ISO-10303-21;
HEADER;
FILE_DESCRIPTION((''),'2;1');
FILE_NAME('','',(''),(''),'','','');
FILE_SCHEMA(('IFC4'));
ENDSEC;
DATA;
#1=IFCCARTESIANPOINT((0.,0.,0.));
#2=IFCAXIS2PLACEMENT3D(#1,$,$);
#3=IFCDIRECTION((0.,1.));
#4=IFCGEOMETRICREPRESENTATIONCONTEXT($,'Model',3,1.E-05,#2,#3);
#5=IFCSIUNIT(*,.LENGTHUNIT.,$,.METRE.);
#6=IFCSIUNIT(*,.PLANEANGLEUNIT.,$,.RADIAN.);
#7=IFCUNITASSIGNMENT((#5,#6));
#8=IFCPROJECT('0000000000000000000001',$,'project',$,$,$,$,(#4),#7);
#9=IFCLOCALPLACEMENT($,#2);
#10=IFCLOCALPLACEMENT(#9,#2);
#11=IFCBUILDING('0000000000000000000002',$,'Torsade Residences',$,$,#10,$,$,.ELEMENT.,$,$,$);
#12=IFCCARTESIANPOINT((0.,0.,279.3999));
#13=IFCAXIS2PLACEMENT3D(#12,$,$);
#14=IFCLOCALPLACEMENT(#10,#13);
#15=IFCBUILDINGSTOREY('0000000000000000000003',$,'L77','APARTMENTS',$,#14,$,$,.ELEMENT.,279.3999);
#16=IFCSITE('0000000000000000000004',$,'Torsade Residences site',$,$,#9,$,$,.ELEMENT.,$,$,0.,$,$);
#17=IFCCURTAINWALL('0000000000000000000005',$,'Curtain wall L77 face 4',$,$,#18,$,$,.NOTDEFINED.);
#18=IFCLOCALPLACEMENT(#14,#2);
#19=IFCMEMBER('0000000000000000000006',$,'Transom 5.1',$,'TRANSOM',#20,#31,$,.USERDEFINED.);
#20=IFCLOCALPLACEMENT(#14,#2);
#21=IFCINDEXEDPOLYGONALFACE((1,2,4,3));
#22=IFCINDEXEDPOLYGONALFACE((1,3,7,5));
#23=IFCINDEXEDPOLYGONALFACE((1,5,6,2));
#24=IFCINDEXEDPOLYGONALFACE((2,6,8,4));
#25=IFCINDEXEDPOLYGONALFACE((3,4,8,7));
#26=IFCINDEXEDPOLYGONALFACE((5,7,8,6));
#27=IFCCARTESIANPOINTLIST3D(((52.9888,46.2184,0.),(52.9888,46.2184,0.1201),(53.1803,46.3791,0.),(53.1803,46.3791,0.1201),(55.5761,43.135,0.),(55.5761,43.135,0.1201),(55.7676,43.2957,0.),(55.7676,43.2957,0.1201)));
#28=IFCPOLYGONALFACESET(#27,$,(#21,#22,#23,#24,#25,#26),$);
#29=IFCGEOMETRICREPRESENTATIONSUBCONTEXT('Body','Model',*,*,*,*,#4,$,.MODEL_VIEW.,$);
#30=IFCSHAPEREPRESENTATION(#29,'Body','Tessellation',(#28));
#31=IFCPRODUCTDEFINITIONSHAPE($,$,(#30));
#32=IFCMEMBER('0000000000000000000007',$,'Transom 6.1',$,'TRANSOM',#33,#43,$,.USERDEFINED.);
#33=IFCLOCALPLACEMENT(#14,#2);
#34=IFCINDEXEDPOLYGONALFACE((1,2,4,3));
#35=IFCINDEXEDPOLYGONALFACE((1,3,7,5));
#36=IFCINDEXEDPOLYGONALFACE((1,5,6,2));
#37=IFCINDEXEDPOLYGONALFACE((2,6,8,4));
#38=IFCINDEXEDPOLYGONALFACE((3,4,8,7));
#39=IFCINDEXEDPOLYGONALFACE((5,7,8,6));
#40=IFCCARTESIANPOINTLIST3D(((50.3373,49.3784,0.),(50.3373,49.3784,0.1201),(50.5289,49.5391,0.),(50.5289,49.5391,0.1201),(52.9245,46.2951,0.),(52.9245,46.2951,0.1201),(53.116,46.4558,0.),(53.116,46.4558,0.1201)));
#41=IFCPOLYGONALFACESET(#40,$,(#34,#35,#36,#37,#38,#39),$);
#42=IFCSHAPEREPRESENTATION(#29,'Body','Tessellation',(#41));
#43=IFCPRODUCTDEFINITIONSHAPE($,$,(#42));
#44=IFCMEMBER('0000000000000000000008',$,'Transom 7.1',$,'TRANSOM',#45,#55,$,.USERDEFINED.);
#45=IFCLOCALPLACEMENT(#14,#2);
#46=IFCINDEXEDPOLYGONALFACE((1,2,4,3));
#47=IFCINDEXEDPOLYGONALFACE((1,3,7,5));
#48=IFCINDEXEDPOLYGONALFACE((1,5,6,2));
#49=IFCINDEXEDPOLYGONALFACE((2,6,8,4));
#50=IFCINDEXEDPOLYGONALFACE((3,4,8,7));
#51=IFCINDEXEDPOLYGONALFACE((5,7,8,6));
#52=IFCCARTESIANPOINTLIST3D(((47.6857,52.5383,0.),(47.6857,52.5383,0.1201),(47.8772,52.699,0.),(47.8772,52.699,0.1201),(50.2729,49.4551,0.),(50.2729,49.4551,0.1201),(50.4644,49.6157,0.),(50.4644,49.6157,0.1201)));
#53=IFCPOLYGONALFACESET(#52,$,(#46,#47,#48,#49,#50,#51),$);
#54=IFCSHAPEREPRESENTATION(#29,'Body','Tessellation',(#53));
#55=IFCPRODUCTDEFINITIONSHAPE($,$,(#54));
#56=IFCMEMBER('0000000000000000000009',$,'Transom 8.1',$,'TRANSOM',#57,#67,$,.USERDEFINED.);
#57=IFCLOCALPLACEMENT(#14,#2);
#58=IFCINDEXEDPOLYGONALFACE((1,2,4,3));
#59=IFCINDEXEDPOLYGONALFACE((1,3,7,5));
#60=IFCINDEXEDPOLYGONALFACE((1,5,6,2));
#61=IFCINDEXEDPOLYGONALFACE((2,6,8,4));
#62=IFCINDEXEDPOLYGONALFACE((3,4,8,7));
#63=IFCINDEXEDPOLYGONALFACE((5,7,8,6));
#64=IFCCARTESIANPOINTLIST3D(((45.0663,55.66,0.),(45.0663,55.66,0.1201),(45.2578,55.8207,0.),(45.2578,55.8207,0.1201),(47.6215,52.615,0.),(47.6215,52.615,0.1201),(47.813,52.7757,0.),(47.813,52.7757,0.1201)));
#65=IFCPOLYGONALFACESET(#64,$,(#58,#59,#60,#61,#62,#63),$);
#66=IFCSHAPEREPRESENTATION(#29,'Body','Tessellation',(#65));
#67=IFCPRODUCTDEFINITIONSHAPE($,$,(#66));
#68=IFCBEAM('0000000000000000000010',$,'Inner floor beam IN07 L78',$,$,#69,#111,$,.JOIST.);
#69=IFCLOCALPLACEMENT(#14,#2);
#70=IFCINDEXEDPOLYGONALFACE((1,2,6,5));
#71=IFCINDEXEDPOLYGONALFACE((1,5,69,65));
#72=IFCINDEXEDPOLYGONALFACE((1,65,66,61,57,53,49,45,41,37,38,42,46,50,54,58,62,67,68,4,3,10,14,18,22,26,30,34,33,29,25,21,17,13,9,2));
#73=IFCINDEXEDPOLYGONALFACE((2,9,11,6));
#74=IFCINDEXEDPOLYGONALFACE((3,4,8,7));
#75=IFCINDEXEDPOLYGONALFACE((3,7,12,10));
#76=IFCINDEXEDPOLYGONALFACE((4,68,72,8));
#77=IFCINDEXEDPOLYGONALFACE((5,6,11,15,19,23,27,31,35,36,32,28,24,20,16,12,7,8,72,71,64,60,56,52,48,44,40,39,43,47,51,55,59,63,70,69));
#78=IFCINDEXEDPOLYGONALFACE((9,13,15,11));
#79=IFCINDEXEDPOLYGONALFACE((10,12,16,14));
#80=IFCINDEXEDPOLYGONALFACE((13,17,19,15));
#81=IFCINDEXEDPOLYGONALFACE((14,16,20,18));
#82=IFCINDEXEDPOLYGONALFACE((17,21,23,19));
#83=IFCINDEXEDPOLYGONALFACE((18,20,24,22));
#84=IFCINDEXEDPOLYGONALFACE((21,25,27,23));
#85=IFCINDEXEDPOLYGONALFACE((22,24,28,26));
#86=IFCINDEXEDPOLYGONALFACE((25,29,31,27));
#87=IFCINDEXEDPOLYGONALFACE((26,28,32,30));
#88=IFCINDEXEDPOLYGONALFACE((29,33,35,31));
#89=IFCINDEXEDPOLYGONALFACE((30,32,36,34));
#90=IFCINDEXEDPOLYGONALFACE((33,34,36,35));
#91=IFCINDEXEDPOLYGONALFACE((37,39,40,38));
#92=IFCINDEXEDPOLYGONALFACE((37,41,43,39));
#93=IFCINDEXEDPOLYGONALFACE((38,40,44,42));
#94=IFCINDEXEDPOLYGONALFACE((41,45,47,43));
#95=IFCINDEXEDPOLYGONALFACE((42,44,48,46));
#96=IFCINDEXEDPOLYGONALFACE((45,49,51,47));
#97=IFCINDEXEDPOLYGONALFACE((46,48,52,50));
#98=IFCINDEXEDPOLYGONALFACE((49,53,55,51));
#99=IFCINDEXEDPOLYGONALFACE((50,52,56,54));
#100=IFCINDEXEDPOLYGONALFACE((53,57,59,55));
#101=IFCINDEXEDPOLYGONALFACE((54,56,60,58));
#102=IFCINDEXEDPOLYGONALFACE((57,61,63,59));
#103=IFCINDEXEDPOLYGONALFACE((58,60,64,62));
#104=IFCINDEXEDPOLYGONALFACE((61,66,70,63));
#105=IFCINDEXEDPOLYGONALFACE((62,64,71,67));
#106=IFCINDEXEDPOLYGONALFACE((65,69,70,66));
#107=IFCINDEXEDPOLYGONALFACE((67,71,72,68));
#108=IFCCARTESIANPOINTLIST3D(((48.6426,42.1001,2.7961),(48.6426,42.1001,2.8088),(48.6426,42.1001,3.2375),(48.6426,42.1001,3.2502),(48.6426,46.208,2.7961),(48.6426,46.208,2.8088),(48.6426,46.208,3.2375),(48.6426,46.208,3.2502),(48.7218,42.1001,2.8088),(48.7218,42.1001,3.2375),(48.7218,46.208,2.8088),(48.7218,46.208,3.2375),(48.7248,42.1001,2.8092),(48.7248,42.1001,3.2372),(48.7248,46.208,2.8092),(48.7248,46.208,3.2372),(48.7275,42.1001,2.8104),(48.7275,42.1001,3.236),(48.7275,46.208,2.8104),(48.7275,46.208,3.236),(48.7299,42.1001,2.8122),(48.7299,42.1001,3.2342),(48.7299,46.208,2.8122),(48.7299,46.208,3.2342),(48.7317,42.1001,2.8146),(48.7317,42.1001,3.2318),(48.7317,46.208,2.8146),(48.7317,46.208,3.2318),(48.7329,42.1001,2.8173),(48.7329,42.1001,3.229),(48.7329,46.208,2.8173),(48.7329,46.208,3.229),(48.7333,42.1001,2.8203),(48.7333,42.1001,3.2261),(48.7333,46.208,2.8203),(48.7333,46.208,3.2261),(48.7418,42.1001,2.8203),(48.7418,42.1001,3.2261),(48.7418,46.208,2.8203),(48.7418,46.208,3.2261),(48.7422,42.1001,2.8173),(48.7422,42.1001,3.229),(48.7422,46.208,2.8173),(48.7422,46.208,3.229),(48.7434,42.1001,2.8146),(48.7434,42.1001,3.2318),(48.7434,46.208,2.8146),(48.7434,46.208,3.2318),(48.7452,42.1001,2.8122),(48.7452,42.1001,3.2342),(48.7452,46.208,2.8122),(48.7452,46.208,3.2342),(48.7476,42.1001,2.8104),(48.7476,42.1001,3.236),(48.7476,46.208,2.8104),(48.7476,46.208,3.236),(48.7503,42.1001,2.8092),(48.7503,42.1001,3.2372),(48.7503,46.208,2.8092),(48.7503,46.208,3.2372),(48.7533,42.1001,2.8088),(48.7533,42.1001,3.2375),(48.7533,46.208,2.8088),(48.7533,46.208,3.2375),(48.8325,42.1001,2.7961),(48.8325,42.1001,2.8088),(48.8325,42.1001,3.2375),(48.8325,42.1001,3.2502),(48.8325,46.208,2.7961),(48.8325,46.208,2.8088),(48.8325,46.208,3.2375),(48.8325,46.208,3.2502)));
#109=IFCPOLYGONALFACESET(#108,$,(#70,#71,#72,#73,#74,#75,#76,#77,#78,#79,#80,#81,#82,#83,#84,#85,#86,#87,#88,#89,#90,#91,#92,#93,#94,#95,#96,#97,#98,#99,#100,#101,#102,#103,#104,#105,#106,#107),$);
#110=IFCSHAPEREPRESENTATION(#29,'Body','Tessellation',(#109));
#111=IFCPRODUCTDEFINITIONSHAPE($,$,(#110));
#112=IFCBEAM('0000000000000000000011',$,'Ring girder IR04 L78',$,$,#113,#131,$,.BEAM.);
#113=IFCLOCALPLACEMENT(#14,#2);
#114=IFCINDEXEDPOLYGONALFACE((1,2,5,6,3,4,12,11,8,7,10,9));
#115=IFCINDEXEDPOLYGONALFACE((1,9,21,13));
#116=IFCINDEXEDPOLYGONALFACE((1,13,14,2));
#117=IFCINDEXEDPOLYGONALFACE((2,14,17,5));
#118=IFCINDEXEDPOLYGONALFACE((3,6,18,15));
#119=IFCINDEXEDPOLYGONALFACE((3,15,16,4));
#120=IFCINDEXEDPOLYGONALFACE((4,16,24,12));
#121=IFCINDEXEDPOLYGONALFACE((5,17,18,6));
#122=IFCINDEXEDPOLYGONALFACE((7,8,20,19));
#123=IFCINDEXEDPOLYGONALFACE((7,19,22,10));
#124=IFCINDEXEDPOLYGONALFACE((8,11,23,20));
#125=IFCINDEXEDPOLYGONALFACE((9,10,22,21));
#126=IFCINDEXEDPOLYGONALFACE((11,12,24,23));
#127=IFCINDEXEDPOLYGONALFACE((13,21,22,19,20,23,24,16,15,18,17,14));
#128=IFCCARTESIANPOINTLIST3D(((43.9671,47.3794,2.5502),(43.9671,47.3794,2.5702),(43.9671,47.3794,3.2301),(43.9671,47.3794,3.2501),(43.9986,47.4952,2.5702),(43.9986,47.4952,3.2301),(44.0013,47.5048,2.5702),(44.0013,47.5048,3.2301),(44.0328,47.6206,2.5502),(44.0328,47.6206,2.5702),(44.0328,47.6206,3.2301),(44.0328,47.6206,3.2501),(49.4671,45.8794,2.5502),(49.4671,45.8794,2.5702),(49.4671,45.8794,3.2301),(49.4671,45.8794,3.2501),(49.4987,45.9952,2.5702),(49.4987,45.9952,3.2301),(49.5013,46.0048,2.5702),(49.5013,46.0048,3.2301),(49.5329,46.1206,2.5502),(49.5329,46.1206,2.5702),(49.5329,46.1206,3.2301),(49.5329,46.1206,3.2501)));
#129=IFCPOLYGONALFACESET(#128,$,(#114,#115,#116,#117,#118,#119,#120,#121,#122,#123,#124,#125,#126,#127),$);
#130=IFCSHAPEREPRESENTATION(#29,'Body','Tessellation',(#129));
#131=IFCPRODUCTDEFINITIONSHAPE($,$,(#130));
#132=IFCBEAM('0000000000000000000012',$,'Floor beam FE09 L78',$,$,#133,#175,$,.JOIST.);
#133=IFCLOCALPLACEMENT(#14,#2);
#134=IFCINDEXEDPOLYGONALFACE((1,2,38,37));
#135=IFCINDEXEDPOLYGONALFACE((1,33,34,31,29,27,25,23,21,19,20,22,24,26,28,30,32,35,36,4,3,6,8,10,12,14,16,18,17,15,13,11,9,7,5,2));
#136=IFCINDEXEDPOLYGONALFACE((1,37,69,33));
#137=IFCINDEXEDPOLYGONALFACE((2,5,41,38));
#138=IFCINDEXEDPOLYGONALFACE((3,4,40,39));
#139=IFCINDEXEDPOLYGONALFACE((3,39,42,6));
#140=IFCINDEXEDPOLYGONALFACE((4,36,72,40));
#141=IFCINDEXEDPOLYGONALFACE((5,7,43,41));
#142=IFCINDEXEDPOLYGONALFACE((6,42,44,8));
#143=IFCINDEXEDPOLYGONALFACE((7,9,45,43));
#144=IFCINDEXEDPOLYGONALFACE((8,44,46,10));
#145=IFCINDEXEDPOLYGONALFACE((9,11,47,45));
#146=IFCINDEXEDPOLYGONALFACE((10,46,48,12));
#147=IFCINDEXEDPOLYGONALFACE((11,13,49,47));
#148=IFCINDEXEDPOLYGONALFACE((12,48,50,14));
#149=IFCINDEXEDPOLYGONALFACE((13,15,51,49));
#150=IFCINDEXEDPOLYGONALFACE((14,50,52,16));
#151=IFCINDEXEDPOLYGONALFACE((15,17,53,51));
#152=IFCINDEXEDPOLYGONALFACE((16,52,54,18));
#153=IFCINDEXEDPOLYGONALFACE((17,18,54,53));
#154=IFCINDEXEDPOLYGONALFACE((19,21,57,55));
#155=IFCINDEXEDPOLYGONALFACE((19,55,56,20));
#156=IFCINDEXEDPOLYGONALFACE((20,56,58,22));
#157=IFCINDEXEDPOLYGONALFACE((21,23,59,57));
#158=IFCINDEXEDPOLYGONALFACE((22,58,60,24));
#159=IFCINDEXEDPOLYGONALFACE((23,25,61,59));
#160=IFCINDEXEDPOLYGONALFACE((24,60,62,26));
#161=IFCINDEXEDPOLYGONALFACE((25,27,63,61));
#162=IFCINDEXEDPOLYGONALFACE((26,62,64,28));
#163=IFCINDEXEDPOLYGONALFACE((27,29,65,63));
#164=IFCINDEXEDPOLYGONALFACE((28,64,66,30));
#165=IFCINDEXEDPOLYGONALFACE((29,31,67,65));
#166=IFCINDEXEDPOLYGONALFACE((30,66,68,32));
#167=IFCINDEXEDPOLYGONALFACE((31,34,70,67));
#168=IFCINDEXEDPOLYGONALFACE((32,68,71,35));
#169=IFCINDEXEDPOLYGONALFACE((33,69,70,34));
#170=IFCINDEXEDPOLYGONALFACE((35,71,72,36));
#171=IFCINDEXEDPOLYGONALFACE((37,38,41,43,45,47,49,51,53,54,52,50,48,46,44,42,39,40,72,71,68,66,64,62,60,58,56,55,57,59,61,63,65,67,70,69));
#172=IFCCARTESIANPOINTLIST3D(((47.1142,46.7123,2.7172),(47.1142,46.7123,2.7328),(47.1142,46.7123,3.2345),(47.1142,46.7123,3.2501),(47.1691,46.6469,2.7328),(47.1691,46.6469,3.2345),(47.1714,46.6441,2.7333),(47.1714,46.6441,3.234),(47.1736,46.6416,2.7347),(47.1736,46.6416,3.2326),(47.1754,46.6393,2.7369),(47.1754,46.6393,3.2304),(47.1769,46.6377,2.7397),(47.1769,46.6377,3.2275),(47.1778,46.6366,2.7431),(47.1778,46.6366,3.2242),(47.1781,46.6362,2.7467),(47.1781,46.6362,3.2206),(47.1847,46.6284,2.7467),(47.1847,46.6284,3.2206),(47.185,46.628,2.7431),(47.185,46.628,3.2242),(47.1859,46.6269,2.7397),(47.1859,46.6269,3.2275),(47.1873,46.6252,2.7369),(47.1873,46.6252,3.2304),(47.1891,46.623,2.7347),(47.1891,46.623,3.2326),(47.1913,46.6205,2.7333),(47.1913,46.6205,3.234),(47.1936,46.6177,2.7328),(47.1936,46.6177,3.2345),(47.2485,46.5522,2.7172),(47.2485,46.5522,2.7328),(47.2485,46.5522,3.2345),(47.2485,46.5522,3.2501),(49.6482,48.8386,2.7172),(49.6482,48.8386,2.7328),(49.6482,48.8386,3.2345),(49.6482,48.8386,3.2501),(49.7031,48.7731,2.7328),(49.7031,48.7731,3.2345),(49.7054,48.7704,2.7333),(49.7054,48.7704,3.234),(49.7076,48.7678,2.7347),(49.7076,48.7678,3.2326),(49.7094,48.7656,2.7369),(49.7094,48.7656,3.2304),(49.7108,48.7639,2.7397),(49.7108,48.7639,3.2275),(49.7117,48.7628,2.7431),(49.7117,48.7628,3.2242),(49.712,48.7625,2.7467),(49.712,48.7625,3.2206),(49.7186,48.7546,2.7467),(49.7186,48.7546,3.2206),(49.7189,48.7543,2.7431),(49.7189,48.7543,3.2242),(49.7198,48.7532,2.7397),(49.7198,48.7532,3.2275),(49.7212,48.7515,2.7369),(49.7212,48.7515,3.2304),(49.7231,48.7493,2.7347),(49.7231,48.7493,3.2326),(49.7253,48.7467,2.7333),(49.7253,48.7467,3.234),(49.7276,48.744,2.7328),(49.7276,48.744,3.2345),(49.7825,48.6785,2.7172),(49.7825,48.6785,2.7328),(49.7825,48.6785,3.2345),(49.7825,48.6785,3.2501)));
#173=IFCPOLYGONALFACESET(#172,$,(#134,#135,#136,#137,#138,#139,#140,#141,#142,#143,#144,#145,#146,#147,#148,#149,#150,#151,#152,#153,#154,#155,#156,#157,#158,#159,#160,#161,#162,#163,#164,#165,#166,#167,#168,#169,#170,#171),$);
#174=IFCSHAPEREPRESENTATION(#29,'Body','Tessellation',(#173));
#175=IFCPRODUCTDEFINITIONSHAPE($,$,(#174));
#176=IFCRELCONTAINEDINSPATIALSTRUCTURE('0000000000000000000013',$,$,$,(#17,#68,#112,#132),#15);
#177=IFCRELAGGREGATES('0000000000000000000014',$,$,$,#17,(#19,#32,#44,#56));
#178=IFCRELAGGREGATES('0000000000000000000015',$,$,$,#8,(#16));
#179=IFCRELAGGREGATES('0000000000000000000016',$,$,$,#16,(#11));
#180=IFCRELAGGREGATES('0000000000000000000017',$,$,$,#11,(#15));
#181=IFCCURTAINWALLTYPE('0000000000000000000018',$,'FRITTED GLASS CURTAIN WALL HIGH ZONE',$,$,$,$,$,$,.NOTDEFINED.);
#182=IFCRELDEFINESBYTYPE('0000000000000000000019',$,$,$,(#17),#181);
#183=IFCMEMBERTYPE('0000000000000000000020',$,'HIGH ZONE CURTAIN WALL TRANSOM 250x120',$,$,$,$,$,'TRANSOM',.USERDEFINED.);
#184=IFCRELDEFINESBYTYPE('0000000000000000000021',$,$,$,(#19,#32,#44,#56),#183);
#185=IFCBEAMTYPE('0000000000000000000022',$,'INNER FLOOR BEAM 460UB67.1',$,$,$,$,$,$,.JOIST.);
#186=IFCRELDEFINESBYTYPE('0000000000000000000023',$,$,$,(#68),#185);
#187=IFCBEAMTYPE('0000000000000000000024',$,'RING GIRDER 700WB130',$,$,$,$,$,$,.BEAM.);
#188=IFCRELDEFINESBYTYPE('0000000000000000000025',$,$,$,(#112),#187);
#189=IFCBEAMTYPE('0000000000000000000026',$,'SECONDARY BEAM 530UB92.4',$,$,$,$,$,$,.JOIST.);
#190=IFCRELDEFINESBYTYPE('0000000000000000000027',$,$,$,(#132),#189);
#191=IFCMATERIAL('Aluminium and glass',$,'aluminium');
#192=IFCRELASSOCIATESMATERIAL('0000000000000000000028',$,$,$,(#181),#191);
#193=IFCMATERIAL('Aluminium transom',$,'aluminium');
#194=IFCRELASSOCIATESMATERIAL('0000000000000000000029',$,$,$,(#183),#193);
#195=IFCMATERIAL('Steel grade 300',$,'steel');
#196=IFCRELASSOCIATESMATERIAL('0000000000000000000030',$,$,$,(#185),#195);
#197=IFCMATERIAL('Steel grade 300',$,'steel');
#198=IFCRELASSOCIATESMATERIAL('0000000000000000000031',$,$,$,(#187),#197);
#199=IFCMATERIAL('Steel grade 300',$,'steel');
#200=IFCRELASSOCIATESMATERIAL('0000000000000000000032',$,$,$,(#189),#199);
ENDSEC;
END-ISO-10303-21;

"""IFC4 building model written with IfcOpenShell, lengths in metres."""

from ifc_helpers import new_model, si_unit, direction, frame, origin, origin_2d, place, context, subcontext, project, spatial, rectangle, i_section, extrude, material, material_profile, profile_set, type_object, element, aggregate, save


model = new_model("IFC4")

# Units and contexts
model_context = context("Model", 3, precision=1e-05, world=origin(), true_north=direction((0.0, 1.0)))
body_context = subcontext(model_context, "Body", "Model", "MODEL_VIEW")
ifc_project = project(units=[si_unit("LENGTHUNIT", "METRE"), si_unit("PLANEANGLEUNIT", "RADIAN")], contexts=[model_context])

# Site, building, storey
site_placement = place(None, origin())
site = spatial("IfcSite", under=ifc_project, at=site_placement, Name="Torsade Residences site", CompositionType="ELEMENT", RefElevation=0.0)
building_placement = place(site_placement, origin())
building = spatial("IfcBuilding", under=site, at=building_placement, Name="Torsade Residences", CompositionType="ELEMENT")
storey_placement = place(building_placement, frame((0.0, 0.0, 279.3999)))
storey = spatial("IfcBuildingStorey", under=building, at=storey_placement, Name="L77", Description="APARTMENTS", CompositionType="ELEMENT", Elevation=279.3999)

# Curtain wall, members
ifc_material_1 = material(Name="Aluminium and glass", Category="aluminium")
curtain_wall_type = type_object("IfcCurtainWallType", Name="FRITTED GLASS CURTAIN WALL HIGH ZONE", PredefinedType="NOTDEFINED", material=ifc_material_1)
curtain_wall_placement = place(storey_placement, origin())
curtain_wall = element("IfcCurtainWall", 1, at=curtain_wall_placement, inside=storey, type_object=curtain_wall_type, Name="Curtain wall L77 face 4", PredefinedType="NOTDEFINED")
ifc_material_2 = material(Name="Aluminium transom", Category="aluminium")
ifc_material_profile_1 = material_profile(ifc_material_2, rectangle(XDim=0.25, YDim=0.1201, at=origin_2d()), Name="HIGH ZONE CURTAIN WALL TRANSOM 250x120")
ifc_profile_set_1 = profile_set([ifc_material_profile_1], Name="Aluminium transom")
member_type_1 = type_object("IfcMemberType", Name="HIGH ZONE CURTAIN WALL TRANSOM 250x120", ElementType="TRANSOM", PredefinedType="USERDEFINED", material=ifc_profile_set_1)
member_1_placement = place(storey_placement, frame((55.6719, 43.2153, 0.0601), z_axis=(-0.642794, 0.766039, 0.0), x_axis=(-0.766039, -0.642794, 0.0)))
member_1 = element("IfcMember", 2, at=member_1_placement, type_object=member_type_1, Name="Transom 5.1", ObjectType="TRANSOM", PredefinedType="USERDEFINED", context=body_context, shape_type="SweptSolid", body=[
    extrude(rectangle(XDim=0.25, YDim=0.1201, at=origin_2d()), origin(), (0.0, 0.0, 1.0), 4.0251),
])
member_2_placement = place(storey_placement, frame((53.0203, 46.3755, 0.0601), z_axis=(-0.642788, 0.766044, 0.0), x_axis=(-0.766044, -0.642788, 0.0)))
member_2 = element("IfcMember", 3, at=member_2_placement, type_object=member_type_1, Name="Transom 6.1", ObjectType="TRANSOM", PredefinedType="USERDEFINED", context=body_context, shape_type="SweptSolid", body=[
    extrude(rectangle(XDim=0.25, YDim=0.1201, at=origin_2d()), origin(), (0.0, 0.0, 1.0), 4.0249),
])
member_3_placement = place(storey_placement, frame((50.3687, 49.5354, 0.0601), z_axis=(-0.642788, 0.766044, 0.0), x_axis=(-0.766044, -0.642788, 0.0)))
member_3 = element("IfcMember", 4, at=member_3_placement, type_object=member_type_1, Name="Transom 7.1", ObjectType="TRANSOM", PredefinedType="USERDEFINED", context=body_context, shape_type="SweptSolid", body=[
    extrude(rectangle(XDim=0.25, YDim=0.1201, at=origin_2d()), origin(), (0.0, 0.0, 1.0), 4.0249),
])
member_4_placement = place(storey_placement, frame((47.7173, 52.6953, 0.0601), z_axis=(-0.642815, 0.766022, 0.0), x_axis=(-0.766022, -0.642815, 0.0)))
member_4 = element("IfcMember", 5, at=member_4_placement, type_object=member_type_1, Name="Transom 8.1", ObjectType="TRANSOM", PredefinedType="USERDEFINED", context=body_context, shape_type="SweptSolid", body=[
    extrude(rectangle(XDim=0.25, YDim=0.1201, at=origin_2d()), origin(), (0.0, 0.0, 1.0), 3.9751),
])

# Beams
ifc_material_3 = material(Name="Steel grade 300", Category="steel")
ifc_material_profile_2 = material_profile(ifc_material_3, i_section(OverallWidth=0.1899, OverallDepth=0.4541, WebThickness=0.0085, FlangeThickness=0.0127, FilletRadius=0.0115, at=origin_2d()), Name="460UB67.1")
ifc_profile_set_2 = profile_set([ifc_material_profile_2], Name="Steel grade 300")
beam_type_1 = type_object("IfcBeamType", Name="INNER FLOOR BEAM 460UB67.1", PredefinedType="JOIST", material=ifc_profile_set_2)
beam_1_placement = place(storey_placement, frame((48.7375, 42.1001, 3.0232), z_axis=(0.0, 1.0, 0.0), x_axis=(-1.0, 0.0, 0.0)))
element("IfcBeam", 6, at=beam_1_placement, inside=storey, type_object=beam_type_1, Name="Inner floor beam IN07 L78", PredefinedType="JOIST", context=body_context, shape_type="SweptSolid", body=[
    extrude(i_section(OverallWidth=0.1899, OverallDepth=0.4541, WebThickness=0.0085, FlangeThickness=0.0127, FilletRadius=0.0115, at=origin_2d()), origin(), (0.0, 0.0, 1.0), 4.1079),
])
ifc_material_4 = material(Name="Steel grade 300", Category="steel")
ifc_material_profile_3 = material_profile(ifc_material_4, i_section(OverallWidth=0.25, OverallDepth=0.7, WebThickness=0.01, FlangeThickness=0.02, at=origin_2d()), Name="700WB130")
ifc_profile_set_3 = profile_set([ifc_material_profile_3], Name="Steel grade 300")
beam_type_2 = type_object("IfcBeamType", Name="RING GIRDER 700WB130", PredefinedType="BEAM", material=ifc_profile_set_3)
beam_2_placement = place(storey_placement, frame((49.5, 46.0, 2.9001), z_axis=(-0.964764, 0.263117, 0.0), x_axis=(-0.263117, -0.964764, 0.0)))
element("IfcBeam", 7, at=beam_2_placement, inside=storey, type_object=beam_type_2, Name="Ring girder IR04 L78", PredefinedType="BEAM", context=body_context, shape_type="SweptSolid", body=[
    extrude(i_section(OverallWidth=0.25, OverallDepth=0.7, WebThickness=0.01, FlangeThickness=0.02, at=origin_2d()), origin(), (0.0, 0.0, 1.0), 5.7009),
])
ifc_material_5 = material(Name="Steel grade 300", Category="steel")
ifc_material_profile_4 = material_profile(ifc_material_5, i_section(OverallWidth=0.209, OverallDepth=0.533, WebThickness=0.0103, FlangeThickness=0.0156, FilletRadius=0.0139, at=origin_2d()), Name="530UB92.4")
ifc_profile_set_4 = profile_set([ifc_material_profile_4], Name="Steel grade 300")
beam_type_3 = type_object("IfcBeamType", Name="SECONDARY BEAM 530UB92.4", PredefinedType="JOIST", material=ifc_profile_set_4)
beam_3_placement = place(storey_placement, frame((49.7153, 48.7585, 2.9836), z_axis=(-0.766045, -0.642787, 0.0), x_axis=(0.642787, -0.766045, 0.0)))
element("IfcBeam", 8, at=beam_3_placement, inside=storey, type_object=beam_type_3, Name="Floor beam FE09 L78", PredefinedType="JOIST", context=body_context, shape_type="SweptSolid", body=[
    extrude(i_section(OverallWidth=0.209, OverallDepth=0.533, WebThickness=0.0103, FlangeThickness=0.0156, FilletRadius=0.0139, at=origin_2d()), origin(), (0.0, 0.0, 1.0), 3.3079),
])

aggregate(curtain_wall, [member_1, member_2, member_3, member_4])

save(model, "model.ifc")
